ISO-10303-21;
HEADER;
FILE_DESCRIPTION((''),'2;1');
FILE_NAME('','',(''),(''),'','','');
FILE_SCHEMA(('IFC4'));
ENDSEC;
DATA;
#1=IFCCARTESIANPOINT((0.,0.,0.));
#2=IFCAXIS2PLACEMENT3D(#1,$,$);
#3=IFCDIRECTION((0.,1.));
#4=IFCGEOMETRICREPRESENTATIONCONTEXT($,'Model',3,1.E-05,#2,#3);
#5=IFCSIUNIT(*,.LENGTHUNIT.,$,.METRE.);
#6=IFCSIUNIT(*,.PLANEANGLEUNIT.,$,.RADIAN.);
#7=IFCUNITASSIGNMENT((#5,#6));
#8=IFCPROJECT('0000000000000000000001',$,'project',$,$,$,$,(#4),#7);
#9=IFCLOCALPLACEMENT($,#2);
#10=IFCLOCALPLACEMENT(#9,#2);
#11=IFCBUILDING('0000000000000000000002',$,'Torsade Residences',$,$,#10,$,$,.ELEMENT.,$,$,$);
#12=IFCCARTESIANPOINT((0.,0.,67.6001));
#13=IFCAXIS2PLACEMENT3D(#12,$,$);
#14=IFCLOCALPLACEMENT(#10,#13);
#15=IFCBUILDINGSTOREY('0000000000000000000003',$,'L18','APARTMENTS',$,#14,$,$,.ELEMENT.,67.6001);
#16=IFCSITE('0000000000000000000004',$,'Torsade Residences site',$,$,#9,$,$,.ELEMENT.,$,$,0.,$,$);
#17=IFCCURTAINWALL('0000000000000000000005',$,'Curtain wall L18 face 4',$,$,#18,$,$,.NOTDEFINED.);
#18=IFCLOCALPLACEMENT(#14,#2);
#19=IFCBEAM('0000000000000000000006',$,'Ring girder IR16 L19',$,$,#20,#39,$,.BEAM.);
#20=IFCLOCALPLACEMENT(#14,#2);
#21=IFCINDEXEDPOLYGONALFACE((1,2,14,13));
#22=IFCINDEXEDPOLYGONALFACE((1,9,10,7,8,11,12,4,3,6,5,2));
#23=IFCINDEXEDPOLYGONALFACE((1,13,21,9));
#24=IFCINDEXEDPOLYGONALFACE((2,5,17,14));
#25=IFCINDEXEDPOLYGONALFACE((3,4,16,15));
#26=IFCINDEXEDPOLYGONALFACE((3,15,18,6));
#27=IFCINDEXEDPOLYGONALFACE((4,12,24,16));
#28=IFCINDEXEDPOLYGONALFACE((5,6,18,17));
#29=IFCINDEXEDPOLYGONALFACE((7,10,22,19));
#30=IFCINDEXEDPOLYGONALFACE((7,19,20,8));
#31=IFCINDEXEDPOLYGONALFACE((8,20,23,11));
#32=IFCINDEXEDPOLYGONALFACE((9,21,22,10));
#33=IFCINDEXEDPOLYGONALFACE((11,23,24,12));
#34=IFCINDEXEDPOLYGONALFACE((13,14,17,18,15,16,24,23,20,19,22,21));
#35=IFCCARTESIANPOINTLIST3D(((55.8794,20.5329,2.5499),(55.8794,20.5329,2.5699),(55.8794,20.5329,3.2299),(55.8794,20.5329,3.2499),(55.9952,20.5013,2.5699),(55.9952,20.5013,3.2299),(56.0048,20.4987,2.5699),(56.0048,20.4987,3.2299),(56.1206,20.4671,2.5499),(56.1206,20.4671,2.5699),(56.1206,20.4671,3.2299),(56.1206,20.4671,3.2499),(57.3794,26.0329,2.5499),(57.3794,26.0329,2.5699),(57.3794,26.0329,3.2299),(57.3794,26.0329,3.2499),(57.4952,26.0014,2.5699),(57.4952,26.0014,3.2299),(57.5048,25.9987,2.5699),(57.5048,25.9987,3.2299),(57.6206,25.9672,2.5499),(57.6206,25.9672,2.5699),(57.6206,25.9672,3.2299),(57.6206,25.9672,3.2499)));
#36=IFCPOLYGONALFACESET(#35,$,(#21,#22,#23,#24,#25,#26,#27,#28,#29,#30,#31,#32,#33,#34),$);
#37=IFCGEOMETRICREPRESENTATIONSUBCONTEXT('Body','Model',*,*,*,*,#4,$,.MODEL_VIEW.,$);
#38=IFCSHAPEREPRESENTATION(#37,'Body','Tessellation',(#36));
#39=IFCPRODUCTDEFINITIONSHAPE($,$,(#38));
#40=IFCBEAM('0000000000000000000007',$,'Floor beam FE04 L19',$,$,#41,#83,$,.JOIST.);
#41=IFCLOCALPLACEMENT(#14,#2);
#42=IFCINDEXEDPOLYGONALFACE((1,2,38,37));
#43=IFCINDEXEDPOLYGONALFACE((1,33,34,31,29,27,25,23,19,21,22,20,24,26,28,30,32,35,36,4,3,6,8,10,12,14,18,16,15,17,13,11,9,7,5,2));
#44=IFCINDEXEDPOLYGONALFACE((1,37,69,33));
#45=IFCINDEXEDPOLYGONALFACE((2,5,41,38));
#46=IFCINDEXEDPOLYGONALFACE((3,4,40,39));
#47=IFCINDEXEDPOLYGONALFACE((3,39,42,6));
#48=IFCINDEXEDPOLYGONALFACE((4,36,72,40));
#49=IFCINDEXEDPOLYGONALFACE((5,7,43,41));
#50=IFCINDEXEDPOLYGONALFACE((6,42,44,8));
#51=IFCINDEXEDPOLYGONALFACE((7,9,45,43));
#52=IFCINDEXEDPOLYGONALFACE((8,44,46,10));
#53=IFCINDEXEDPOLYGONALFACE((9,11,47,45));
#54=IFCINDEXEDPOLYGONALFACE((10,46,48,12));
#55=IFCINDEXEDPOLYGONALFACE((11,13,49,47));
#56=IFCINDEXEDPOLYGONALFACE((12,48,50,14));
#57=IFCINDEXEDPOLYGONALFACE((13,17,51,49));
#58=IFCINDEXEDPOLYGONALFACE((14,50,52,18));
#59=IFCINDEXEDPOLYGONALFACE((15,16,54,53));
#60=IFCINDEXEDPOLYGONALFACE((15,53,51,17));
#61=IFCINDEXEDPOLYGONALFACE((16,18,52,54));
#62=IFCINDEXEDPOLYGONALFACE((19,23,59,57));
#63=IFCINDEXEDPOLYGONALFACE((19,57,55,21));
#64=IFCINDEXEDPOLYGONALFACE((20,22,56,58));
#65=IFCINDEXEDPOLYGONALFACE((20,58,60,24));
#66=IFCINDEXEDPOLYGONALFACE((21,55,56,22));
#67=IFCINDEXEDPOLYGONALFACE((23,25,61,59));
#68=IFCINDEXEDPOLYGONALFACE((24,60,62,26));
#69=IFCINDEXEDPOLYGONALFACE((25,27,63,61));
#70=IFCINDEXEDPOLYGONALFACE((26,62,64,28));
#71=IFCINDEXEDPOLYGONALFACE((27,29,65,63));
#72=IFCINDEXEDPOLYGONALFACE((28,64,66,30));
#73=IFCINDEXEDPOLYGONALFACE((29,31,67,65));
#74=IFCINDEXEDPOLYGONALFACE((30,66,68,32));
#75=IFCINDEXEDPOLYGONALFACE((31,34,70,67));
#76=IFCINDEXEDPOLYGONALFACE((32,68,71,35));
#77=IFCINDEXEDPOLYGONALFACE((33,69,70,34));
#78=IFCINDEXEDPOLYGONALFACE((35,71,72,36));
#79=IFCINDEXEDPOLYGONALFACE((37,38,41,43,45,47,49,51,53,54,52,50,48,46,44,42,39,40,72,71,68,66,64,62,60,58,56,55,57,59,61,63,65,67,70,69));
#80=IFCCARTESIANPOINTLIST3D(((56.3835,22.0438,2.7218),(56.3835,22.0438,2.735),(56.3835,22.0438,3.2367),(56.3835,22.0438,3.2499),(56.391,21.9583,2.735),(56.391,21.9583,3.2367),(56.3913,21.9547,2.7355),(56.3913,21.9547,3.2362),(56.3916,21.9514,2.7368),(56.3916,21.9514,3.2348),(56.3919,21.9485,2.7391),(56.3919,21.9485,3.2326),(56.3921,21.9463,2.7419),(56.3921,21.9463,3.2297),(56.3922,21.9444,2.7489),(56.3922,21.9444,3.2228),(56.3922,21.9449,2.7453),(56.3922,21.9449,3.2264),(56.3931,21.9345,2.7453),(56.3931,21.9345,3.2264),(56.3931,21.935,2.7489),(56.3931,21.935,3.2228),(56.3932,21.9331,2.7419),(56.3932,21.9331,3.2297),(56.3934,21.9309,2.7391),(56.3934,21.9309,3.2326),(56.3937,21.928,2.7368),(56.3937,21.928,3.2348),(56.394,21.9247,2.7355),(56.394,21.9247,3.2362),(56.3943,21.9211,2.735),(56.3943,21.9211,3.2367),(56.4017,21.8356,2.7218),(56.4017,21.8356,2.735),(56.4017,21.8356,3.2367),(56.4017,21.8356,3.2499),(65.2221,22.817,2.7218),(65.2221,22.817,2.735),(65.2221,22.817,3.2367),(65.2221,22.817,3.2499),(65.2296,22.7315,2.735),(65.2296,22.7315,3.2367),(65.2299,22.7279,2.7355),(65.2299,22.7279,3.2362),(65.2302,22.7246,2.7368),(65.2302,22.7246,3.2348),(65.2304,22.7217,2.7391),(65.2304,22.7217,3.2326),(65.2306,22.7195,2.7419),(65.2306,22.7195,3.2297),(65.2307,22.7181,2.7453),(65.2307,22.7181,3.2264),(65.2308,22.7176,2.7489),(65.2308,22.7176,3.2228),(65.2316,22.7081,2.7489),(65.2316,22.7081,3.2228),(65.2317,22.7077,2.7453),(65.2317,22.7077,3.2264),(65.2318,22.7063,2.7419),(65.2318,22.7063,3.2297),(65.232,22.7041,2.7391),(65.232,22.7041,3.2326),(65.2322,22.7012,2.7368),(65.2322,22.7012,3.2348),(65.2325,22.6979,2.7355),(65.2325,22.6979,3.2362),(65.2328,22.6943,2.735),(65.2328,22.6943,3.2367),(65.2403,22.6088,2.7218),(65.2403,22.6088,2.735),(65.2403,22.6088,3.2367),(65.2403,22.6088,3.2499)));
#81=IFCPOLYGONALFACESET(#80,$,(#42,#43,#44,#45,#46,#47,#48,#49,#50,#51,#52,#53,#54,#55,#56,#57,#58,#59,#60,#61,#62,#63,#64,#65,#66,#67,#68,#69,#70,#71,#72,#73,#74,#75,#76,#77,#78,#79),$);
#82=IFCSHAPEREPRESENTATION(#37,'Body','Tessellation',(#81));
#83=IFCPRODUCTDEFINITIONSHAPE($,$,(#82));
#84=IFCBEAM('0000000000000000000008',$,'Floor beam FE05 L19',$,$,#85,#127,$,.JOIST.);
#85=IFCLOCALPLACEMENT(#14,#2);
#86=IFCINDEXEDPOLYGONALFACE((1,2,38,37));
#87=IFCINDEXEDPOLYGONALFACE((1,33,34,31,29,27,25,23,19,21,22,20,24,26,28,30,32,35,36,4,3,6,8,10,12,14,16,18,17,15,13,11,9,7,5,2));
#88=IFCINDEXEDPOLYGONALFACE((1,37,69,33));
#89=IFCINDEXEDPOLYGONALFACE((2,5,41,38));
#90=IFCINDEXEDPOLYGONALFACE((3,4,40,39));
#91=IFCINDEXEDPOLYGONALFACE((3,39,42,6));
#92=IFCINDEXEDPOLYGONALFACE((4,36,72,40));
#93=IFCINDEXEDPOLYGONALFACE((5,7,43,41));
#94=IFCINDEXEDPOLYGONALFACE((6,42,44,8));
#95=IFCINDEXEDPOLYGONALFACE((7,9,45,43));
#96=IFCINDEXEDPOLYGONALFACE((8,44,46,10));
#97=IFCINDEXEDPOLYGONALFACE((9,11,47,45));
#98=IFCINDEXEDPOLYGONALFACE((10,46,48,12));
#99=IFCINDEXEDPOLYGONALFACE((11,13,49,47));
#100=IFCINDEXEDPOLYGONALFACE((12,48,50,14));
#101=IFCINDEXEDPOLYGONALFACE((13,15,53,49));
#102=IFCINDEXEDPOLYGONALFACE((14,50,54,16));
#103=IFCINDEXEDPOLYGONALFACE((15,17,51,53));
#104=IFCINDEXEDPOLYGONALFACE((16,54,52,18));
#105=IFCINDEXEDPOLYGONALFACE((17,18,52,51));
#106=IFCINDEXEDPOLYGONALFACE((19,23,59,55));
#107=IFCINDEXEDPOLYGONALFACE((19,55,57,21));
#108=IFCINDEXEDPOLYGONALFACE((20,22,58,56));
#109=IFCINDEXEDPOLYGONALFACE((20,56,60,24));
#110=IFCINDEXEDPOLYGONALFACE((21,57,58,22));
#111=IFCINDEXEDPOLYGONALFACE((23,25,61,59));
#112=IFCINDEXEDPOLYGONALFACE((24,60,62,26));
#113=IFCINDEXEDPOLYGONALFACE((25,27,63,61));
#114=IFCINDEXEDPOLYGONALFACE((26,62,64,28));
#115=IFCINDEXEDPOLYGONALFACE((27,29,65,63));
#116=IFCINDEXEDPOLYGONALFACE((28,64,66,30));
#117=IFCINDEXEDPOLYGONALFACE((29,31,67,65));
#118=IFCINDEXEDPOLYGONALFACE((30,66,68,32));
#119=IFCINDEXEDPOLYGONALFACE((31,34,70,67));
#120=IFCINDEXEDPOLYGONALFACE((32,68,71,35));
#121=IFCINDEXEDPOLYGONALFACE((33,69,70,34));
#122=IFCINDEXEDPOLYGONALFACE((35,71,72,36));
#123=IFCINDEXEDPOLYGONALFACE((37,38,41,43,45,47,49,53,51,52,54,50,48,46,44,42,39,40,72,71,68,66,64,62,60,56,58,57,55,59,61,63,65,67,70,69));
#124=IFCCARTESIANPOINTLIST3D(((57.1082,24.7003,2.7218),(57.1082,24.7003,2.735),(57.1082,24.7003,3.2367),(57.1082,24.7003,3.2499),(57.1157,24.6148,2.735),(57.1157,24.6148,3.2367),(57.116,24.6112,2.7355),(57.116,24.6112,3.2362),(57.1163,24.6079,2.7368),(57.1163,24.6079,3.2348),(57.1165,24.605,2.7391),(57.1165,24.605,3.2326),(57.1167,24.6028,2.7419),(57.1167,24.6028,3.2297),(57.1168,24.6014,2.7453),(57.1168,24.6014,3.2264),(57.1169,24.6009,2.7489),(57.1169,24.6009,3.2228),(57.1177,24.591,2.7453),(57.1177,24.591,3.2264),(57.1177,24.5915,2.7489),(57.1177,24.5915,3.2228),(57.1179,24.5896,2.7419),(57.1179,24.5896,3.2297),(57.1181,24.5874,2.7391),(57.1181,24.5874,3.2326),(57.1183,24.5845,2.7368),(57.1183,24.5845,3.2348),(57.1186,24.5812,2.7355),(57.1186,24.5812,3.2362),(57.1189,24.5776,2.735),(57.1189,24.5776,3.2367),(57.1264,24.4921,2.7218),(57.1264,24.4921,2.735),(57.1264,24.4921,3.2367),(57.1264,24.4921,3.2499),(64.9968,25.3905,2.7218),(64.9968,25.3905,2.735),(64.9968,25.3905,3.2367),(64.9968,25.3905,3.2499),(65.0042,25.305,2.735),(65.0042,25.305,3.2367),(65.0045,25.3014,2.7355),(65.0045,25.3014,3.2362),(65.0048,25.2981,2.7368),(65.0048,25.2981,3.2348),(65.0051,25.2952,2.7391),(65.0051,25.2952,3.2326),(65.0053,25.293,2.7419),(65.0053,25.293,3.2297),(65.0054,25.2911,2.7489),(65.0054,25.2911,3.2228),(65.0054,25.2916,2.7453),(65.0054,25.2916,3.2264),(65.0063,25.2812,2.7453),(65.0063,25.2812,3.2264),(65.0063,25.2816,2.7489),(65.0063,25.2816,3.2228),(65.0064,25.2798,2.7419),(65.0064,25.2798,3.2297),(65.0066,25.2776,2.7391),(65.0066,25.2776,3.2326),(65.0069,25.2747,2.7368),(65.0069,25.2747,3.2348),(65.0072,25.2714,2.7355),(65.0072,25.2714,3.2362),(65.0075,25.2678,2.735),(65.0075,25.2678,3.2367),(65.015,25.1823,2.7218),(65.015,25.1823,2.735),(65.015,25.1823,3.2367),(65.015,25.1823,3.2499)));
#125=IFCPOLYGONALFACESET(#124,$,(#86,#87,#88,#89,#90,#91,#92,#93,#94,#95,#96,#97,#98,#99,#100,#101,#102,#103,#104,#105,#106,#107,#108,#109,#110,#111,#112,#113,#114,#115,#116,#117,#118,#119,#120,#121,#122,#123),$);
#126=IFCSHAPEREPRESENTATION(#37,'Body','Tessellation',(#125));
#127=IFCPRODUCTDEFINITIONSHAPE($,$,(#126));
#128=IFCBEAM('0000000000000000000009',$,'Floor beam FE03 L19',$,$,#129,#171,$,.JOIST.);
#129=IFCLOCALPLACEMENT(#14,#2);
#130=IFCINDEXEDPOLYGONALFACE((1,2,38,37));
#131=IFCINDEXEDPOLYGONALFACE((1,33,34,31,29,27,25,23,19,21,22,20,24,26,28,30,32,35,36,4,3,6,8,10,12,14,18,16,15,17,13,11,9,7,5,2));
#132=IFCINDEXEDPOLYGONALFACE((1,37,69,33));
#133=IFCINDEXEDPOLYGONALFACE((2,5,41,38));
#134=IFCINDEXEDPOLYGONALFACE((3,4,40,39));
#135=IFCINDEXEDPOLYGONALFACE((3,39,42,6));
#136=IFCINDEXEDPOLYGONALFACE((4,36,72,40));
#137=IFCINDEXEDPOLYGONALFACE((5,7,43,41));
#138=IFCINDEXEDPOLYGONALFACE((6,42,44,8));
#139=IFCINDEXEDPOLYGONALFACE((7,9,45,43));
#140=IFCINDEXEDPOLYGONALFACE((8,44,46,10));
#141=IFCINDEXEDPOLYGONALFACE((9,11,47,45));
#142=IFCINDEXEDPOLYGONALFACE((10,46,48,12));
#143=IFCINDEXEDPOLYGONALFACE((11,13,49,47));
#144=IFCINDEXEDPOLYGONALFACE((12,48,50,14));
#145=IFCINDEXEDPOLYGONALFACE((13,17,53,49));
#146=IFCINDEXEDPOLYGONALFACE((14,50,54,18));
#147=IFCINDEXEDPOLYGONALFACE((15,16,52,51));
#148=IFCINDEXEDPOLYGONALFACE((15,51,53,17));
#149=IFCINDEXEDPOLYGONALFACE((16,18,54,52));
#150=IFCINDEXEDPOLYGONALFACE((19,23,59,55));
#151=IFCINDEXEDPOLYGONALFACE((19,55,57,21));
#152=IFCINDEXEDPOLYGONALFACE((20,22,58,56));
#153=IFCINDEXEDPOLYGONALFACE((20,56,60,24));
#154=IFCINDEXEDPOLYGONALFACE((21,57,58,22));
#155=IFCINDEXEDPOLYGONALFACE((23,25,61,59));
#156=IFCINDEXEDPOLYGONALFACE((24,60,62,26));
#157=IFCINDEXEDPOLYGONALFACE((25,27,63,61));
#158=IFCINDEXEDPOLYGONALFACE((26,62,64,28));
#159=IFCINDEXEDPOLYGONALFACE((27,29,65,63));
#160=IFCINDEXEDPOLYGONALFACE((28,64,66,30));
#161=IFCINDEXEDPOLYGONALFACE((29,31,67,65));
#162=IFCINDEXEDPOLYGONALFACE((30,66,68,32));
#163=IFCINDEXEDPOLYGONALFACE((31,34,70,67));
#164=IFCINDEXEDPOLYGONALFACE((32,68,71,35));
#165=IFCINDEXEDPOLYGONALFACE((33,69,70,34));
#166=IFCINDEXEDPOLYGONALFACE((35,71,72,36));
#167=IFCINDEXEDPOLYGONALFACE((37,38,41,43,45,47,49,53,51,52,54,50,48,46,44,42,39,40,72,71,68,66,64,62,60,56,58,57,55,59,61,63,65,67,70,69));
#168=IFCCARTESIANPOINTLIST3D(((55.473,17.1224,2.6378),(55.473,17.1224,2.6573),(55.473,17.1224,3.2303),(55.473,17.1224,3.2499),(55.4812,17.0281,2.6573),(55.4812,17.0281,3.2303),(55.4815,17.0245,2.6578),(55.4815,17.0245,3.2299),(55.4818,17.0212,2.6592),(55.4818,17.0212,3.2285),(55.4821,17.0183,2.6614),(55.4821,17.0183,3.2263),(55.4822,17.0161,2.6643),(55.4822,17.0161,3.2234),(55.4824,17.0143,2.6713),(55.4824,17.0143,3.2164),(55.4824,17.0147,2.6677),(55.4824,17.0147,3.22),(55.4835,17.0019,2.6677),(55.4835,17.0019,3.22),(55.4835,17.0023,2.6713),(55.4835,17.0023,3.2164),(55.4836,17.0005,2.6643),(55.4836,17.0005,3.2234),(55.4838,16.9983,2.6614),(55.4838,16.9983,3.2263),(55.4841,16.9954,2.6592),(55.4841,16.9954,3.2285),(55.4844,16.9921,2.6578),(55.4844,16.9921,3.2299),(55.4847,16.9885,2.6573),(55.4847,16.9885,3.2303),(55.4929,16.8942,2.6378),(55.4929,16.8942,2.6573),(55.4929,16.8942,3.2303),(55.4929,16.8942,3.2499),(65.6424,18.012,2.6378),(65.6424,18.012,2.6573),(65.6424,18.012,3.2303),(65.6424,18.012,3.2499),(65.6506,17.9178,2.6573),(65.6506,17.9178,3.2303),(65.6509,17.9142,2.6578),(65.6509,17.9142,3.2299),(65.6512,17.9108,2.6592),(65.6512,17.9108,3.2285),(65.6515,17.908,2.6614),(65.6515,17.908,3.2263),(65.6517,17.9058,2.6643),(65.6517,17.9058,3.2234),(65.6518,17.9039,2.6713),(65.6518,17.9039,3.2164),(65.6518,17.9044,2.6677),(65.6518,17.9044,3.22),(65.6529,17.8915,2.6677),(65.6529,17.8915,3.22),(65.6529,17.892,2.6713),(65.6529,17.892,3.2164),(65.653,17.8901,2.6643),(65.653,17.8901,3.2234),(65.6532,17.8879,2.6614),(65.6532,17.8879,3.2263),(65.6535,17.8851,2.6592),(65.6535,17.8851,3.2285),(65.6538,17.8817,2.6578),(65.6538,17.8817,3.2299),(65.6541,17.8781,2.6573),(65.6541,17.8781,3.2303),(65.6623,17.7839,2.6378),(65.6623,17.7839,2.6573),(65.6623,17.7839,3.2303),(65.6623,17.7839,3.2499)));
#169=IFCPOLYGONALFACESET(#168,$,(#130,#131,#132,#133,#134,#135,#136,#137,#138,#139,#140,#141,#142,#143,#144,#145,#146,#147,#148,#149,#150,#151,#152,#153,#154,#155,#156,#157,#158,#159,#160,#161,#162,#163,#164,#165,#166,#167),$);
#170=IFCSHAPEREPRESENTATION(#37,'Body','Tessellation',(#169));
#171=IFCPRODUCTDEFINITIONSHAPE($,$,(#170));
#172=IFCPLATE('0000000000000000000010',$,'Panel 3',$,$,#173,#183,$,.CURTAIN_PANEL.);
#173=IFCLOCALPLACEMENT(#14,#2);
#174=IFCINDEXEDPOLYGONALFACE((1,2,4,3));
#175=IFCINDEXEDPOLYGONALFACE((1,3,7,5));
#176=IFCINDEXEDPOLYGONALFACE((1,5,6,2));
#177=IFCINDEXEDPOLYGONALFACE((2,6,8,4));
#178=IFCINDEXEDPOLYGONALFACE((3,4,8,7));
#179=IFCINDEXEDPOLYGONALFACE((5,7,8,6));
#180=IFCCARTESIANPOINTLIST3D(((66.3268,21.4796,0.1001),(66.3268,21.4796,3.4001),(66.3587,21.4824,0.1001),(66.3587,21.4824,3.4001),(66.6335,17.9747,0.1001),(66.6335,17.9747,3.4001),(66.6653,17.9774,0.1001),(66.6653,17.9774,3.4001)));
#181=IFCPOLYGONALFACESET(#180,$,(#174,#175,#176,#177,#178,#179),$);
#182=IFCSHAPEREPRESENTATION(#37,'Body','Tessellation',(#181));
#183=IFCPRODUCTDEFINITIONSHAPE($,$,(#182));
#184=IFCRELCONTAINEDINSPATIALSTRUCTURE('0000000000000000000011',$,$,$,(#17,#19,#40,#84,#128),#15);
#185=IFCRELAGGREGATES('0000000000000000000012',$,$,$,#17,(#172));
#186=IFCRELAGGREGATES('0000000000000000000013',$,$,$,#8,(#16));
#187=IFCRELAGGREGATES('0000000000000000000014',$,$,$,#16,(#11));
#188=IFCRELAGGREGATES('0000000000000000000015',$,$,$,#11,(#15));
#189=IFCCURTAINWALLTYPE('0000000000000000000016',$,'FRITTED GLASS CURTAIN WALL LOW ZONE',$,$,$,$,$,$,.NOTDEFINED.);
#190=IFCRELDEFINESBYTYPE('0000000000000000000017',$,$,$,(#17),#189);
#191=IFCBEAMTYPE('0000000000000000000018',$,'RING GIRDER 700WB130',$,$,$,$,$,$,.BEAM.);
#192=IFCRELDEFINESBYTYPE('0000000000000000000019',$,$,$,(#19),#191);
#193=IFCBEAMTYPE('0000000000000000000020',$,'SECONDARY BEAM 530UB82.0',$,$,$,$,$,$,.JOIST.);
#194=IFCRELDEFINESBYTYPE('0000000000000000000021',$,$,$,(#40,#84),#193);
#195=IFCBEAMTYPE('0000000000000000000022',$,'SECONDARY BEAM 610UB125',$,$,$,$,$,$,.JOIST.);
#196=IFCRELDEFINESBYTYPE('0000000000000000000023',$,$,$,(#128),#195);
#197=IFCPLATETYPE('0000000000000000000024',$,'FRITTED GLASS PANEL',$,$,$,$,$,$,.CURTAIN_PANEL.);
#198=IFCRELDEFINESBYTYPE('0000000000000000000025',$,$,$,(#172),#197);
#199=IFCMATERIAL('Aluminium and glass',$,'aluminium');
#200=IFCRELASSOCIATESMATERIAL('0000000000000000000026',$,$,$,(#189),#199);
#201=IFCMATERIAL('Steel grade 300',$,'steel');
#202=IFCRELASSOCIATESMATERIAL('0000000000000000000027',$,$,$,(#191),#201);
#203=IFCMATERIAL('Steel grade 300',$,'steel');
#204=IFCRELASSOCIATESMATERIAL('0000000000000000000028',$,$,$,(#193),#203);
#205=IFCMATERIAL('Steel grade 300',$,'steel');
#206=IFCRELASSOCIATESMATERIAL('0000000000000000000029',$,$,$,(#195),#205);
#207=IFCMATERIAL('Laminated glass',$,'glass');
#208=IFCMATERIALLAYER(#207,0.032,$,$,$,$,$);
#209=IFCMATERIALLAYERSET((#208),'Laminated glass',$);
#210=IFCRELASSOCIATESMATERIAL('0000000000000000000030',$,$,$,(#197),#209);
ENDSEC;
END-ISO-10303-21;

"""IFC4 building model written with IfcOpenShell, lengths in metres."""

from ifc_helpers import new_model, si_unit, direction, frame, origin, origin_2d, place, context, subcontext, project, spatial, rectangle, i_section, extrude, material, layer, layer_set, material_profile, profile_set, type_object, element, aggregate, save


model = new_model("IFC4")

# Units and contexts
model_context = context("Model", 3, precision=1e-05, world=origin(), true_north=direction((0.0, 1.0)))
body_context = subcontext(model_context, "Body", "Model", "MODEL_VIEW")
ifc_project = project(units=[si_unit("LENGTHUNIT", "METRE"), si_unit("PLANEANGLEUNIT", "RADIAN")], contexts=[model_context])

# Site, building, storey
site_placement = place(None, origin())
site = spatial("IfcSite", under=ifc_project, at=site_placement, Name="Torsade Residences site", CompositionType="ELEMENT", RefElevation=0.0)
building_placement = place(site_placement, origin())
building = spatial("IfcBuilding", under=site, at=building_placement, Name="Torsade Residences", CompositionType="ELEMENT")
storey_placement = place(building_placement, frame((0.0, 0.0, 67.6001)))
storey = spatial("IfcBuildingStorey", under=building, at=storey_placement, Name="L18", Description="APARTMENTS", CompositionType="ELEMENT", Elevation=67.6001)

# Curtain wall
ifc_material_1 = material(Name="Aluminium and glass", Category="aluminium")
curtain_wall_type = type_object("IfcCurtainWallType", Name="FRITTED GLASS CURTAIN WALL LOW ZONE", PredefinedType="NOTDEFINED", material=ifc_material_1)
curtain_wall_placement = place(storey_placement, origin())
curtain_wall = element("IfcCurtainWall", 1, at=curtain_wall_placement, inside=storey, type_object=curtain_wall_type, Name="Curtain wall L18 face 4", PredefinedType="NOTDEFINED")

# Beams
ifc_material_2 = material(Name="Steel grade 300", Category="steel")
ifc_material_profile_1 = material_profile(ifc_material_2, i_section(OverallWidth=0.25, OverallDepth=0.7, WebThickness=0.01, FlangeThickness=0.02, at=origin_2d()), Name="700WB130")
ifc_profile_set_1 = profile_set([ifc_material_profile_1], Name="Steel grade 300")
beam_type_1 = type_object("IfcBeamType", Name="RING GIRDER 700WB130", PredefinedType="BEAM", material=ifc_profile_set_1)
beam_1_placement = place(storey_placement, frame((56.0, 20.5, 2.8999), z_axis=(0.263117, 0.964764, 0.0), x_axis=(-0.964764, 0.263117, 0.0)))
element("IfcBeam", 2, at=beam_1_placement, inside=storey, type_object=beam_type_1, Name="Ring girder IR16 L19", PredefinedType="BEAM", context=body_context, shape_type="SweptSolid", body=[
    extrude(i_section(OverallWidth=0.25, OverallDepth=0.7, WebThickness=0.01, FlangeThickness=0.02, at=origin_2d()), origin(), (0.0, 0.0, 1.0), 5.7009),
])
ifc_material_3 = material(Name="Steel grade 300", Category="steel")
ifc_material_profile_2 = material_profile(ifc_material_3, i_section(OverallWidth=0.209, OverallDepth=0.5281, WebThickness=0.0095, FlangeThickness=0.0132, FilletRadius=0.0139, at=origin_2d()), Name="530UB82.0")
ifc_profile_set_2 = profile_set([ifc_material_profile_2], Name="Steel grade 300")
beam_type_2 = type_object("IfcBeamType", Name="SECONDARY BEAM 530UB82.0", PredefinedType="JOIST", material=ifc_profile_set_2)
beam_2_placement = place(storey_placement, frame((65.2312, 22.7129, 2.9858), z_axis=(-0.996196, -0.087146, 0.0), x_axis=(0.087146, -0.996196, 0.0)))
element("IfcBeam", 3, at=beam_2_placement, inside=storey, type_object=beam_type_2, Name="Floor beam FE04 L19", PredefinedType="JOIST", context=body_context, shape_type="SweptSolid", body=[
    extrude(i_section(OverallWidth=0.209, OverallDepth=0.5281, WebThickness=0.0095, FlangeThickness=0.0132, FilletRadius=0.0139, at=origin_2d()), origin(), (0.0, 0.0, 1.0), 8.8723),
])
beam_3_placement = place(storey_placement, frame((65.0059, 25.2864, 2.9858), z_axis=(-0.996195, -0.087158, 0.0), x_axis=(0.087158, -0.996195, 0.0)))
element("IfcBeam", 4, at=beam_3_placement, inside=storey, type_object=beam_type_2, Name="Floor beam FE05 L19", PredefinedType="JOIST", context=body_context, shape_type="SweptSolid", body=[
    extrude(i_section(OverallWidth=0.209, OverallDepth=0.5281, WebThickness=0.0095, FlangeThickness=0.0132, FilletRadius=0.0139, at=origin_2d()), origin(), (0.0, 0.0, 1.0), 7.9187),
])
ifc_material_4 = material(Name="Steel grade 300", Category="steel")
ifc_material_profile_3 = material_profile(ifc_material_4, i_section(OverallWidth=0.229, OverallDepth=0.6121, WebThickness=0.012, FlangeThickness=0.0195, FilletRadius=0.0139, at=origin_2d()), Name="610UB125")
ifc_profile_set_3 = profile_set([ifc_material_profile_3], Name="Steel grade 300")
beam_type_3 = type_object("IfcBeamType", Name="SECONDARY BEAM 610UB125", PredefinedType="JOIST", material=ifc_profile_set_3)
beam_4_placement = place(storey_placement, frame((65.6523, 17.8979, 2.9438), z_axis=(-0.996195, -0.08715, 0.0), x_axis=(0.08715, -0.996195, 0.0)))
element("IfcBeam", 5, at=beam_4_placement, inside=storey, type_object=beam_type_3, Name="Floor beam FE03 L19", PredefinedType="JOIST", context=body_context, shape_type="SweptSolid", body=[
    extrude(i_section(OverallWidth=0.229, OverallDepth=0.6121, WebThickness=0.012, FlangeThickness=0.0195, FilletRadius=0.0139, at=origin_2d()), origin(), (0.0, 0.0, 1.0), 10.2083),
])

# Plate
ifc_material_5 = material(Name="Laminated glass", Category="glass")
ifc_layer_1 = layer(ifc_material_5, 0.032)
ifc_layer_set_1 = layer_set([ifc_layer_1], Name="Laminated glass")
plate_type_1 = type_object("IfcPlateType", Name="FRITTED GLASS PANEL", PredefinedType="CURTAIN_PANEL", material=ifc_layer_set_1)
plate_1_placement = place(storey_placement, frame((66.4961, 19.7285, 0.1001), z_axis=(0.0, 0.0, 1.0), x_axis=(-0.087156, 0.996195, 0.0)))
plate_1 = element("IfcPlate", 6, at=plate_1_placement, type_object=plate_type_1, Name="Panel 3", PredefinedType="CURTAIN_PANEL", context=body_context, shape_type="SweptSolid", body=[
    extrude(rectangle(XDim=3.5183, YDim=0.032, at=origin_2d()), origin(), (0.0, 0.0, 1.0), 3.3),
])
aggregate(curtain_wall, [plate_1])

save(model, "model.ifc")
